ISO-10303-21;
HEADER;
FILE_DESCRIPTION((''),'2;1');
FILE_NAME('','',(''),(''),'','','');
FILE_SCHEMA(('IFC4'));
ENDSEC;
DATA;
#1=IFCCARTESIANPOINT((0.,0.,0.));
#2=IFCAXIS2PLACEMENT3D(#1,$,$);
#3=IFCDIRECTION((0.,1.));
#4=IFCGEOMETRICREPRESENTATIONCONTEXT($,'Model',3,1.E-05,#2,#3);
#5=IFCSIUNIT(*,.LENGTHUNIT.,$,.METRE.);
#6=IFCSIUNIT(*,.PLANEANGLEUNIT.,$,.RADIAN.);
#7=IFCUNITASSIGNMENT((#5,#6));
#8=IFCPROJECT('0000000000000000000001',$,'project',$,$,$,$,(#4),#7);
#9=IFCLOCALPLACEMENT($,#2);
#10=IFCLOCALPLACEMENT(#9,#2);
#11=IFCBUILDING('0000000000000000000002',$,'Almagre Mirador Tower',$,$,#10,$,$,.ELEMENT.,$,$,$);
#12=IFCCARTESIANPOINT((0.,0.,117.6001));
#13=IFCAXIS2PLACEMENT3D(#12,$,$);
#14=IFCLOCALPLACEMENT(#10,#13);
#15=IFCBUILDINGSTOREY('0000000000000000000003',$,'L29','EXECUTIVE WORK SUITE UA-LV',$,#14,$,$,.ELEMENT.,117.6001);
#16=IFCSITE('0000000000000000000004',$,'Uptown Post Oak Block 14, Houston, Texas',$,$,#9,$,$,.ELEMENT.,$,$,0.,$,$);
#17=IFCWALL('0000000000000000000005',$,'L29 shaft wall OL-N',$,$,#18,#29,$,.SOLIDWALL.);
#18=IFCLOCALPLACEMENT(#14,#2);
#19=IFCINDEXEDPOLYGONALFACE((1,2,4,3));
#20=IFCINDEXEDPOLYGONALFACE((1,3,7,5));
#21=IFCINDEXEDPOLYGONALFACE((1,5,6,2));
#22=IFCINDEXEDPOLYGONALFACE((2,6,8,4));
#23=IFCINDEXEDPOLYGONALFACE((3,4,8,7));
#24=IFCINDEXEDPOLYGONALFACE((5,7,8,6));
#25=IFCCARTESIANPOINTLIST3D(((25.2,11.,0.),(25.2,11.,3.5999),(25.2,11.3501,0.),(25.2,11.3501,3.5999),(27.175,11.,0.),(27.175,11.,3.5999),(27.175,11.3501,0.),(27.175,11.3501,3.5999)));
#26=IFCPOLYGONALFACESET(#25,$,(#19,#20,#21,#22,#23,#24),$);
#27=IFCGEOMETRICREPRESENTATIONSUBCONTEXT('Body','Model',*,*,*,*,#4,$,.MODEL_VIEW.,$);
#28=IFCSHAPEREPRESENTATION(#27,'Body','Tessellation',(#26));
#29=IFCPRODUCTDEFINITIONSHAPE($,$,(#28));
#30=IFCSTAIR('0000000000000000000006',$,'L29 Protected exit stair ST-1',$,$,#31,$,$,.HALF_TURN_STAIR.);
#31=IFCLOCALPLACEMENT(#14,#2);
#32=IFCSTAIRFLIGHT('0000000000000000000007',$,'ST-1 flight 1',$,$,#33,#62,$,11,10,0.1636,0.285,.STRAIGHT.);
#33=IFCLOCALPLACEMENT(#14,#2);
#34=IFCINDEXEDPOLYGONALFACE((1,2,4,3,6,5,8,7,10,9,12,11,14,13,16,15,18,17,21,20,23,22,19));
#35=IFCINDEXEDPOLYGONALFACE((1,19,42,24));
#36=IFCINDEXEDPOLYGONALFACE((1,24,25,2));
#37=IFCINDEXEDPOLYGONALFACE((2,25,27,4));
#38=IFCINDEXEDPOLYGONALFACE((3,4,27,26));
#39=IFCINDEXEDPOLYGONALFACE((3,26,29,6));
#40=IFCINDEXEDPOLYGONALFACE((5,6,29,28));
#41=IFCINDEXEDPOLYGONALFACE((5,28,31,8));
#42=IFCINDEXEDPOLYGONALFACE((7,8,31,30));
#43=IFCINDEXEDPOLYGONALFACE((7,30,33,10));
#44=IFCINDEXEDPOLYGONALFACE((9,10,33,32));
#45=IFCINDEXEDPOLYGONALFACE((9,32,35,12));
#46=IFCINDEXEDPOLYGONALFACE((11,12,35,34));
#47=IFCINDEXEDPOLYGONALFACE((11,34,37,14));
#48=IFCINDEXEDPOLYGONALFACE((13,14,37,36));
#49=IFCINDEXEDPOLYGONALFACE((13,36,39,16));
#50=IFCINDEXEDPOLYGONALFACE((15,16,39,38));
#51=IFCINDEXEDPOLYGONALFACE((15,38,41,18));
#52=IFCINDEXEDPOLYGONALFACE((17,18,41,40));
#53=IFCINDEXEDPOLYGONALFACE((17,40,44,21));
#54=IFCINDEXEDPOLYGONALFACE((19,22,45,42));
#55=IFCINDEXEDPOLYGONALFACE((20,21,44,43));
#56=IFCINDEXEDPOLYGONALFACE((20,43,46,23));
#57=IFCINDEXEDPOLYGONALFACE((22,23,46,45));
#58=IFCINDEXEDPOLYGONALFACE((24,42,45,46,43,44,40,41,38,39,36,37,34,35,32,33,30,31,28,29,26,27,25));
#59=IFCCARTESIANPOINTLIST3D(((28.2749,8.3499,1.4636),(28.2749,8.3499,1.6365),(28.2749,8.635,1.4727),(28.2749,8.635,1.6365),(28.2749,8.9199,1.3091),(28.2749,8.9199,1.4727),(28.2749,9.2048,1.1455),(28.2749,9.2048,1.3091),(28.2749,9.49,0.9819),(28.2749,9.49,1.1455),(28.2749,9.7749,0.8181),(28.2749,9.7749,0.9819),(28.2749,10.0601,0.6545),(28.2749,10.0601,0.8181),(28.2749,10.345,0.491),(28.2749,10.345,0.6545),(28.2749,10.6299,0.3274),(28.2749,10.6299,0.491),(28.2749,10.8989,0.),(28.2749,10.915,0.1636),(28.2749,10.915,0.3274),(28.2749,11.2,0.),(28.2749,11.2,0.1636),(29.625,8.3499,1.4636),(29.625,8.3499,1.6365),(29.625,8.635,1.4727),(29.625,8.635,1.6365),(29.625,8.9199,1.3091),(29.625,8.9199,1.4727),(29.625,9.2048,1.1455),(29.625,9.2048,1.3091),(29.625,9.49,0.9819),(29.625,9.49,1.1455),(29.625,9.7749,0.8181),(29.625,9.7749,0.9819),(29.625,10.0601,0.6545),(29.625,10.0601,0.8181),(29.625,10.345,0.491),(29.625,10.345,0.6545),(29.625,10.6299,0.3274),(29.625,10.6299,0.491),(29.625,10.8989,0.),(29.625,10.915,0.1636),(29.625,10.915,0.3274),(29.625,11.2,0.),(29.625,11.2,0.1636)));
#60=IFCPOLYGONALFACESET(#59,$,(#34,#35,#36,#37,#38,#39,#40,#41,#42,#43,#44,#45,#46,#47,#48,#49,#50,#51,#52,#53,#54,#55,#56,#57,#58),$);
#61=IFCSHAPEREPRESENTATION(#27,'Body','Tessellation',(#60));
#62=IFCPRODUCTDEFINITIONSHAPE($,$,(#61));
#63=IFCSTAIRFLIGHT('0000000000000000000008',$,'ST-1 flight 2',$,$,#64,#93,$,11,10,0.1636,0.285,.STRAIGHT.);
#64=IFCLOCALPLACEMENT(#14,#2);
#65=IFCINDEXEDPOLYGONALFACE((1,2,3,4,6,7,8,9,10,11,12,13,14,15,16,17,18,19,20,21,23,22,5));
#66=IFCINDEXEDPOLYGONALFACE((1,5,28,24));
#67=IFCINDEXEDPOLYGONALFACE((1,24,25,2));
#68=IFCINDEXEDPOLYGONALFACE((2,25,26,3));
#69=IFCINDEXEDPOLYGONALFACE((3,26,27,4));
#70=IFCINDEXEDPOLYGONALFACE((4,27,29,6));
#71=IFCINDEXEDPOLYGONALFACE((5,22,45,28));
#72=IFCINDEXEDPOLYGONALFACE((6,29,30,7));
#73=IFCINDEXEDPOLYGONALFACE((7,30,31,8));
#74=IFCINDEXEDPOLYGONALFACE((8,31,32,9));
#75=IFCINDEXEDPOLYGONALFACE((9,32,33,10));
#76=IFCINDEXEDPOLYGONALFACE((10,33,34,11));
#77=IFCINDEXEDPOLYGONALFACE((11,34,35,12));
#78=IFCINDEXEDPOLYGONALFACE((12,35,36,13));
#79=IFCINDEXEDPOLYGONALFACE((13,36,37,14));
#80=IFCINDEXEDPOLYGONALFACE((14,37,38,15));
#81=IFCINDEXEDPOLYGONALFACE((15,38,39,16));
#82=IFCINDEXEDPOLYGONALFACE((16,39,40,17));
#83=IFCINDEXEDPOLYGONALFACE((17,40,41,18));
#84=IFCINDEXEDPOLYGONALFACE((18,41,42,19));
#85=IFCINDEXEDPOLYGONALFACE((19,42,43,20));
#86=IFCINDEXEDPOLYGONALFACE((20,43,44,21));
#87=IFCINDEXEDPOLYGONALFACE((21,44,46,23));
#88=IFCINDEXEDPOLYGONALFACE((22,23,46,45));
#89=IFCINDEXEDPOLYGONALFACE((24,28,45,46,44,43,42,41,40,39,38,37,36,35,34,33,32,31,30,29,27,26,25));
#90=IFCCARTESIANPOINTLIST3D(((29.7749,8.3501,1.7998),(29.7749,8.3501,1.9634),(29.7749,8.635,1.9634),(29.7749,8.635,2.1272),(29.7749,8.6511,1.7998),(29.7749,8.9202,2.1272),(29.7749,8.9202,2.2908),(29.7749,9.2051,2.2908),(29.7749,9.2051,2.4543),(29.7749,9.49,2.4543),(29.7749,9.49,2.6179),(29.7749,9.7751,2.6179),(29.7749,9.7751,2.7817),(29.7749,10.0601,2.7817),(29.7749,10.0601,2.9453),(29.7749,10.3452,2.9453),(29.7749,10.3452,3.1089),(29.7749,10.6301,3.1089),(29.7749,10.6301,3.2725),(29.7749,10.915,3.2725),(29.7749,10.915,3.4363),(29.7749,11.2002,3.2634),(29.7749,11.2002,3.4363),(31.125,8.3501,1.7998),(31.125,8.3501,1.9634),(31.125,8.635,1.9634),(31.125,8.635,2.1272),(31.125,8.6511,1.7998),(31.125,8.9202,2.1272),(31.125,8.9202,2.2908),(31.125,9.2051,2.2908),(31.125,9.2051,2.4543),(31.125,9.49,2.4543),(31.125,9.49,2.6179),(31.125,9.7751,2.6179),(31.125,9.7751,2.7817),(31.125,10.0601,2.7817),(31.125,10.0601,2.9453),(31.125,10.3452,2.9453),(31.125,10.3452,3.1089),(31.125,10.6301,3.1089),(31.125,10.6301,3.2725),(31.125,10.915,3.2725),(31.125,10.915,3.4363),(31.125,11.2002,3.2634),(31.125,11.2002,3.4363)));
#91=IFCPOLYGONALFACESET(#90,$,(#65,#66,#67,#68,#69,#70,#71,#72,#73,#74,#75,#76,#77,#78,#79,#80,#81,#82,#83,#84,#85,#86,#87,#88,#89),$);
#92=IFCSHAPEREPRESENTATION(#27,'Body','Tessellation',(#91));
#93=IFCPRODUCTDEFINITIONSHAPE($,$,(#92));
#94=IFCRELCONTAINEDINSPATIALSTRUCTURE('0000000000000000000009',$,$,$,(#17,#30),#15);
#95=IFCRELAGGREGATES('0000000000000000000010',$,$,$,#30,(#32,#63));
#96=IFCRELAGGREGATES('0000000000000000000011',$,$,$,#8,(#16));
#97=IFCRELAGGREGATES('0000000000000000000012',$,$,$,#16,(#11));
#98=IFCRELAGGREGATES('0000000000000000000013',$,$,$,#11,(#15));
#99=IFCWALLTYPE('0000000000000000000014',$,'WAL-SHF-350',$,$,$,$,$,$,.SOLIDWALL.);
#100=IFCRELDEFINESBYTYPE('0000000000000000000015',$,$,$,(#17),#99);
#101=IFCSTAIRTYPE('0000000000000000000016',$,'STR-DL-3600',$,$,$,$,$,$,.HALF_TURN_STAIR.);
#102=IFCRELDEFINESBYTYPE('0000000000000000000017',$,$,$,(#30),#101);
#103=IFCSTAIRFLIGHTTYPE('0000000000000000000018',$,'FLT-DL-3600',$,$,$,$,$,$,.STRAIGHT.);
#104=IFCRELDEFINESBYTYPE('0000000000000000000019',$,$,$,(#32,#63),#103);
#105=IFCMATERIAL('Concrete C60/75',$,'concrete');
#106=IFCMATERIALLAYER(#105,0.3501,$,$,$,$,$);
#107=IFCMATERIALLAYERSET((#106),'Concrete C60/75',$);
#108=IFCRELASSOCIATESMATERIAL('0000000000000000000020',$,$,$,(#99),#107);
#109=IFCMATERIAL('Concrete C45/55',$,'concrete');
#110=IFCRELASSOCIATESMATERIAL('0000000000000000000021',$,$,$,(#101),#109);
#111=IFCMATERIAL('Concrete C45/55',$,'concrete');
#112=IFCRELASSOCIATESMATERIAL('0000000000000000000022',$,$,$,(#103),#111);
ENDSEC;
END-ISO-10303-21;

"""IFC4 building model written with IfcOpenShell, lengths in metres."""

from ifc_helpers import new_model, si_unit, direction, frame, frame_2d, origin, place, context, subcontext, project, spatial, polyline, rectangle, outline, extrude, material, layer, layer_set, type_object, element, aggregate, save


model = new_model("IFC4")

# Units and contexts
model_context = context("Model", 3, precision=1e-05, world=origin(), true_north=direction((0.0, 1.0)))
body_context = subcontext(model_context, "Body", "Model", "MODEL_VIEW")
ifc_project = project(units=[si_unit("LENGTHUNIT", "METRE"), si_unit("PLANEANGLEUNIT", "RADIAN")], contexts=[model_context])

# Site, building, storey
site_placement = place(None, origin())
site = spatial("IfcSite", under=ifc_project, at=site_placement, Name="Uptown Post Oak Block 14, Houston, Texas", CompositionType="ELEMENT", RefElevation=0.0)
building_placement = place(site_placement, origin())
building = spatial("IfcBuilding", under=site, at=building_placement, Name="Almagre Mirador Tower", CompositionType="ELEMENT")
storey_placement = place(building_placement, frame((0.0, 0.0, 117.6001)))
storey = spatial("IfcBuildingStorey", under=building, at=storey_placement, Name="L29", Description="EXECUTIVE WORK SUITE UA-LV", CompositionType="ELEMENT", Elevation=117.6001)

# Shared definitions
ifc_material_1 = material(Name="Concrete C60/75", Category="concrete")
ifc_layer_1 = layer(ifc_material_1, 0.3501)
ifc_layer_set_1 = layer_set([ifc_layer_1], Name="Concrete C60/75")
wall_type_1 = type_object("IfcWallType", Name="WAL-SHF-350", PredefinedType="SOLIDWALL", material=ifc_layer_set_1)

# Wall
for number, where, z_axis, x_axis, name in (
    (1, (25.2, 11.175, 0.0), (0.0, 0.0, 1.0), (1.0, 0.0, 0.0), "L29 shaft wall OL-N"),
):
    element("IfcWall", number, at=place(storey_placement, frame(where, z_axis=z_axis, x_axis=x_axis)), inside=storey, type_object=wall_type_1, Name=name, PredefinedType="SOLIDWALL", context=body_context, shape_type="SweptSolid", body=[
        extrude(rectangle(XDim=1.9751, YDim=0.3501, at=frame_2d((0.9875, 0.0))), origin(), (0.0, 0.0, 1.0), 3.5999),
    ])

# Stair, stair flights
ifc_material_2 = material(Name="Concrete C45/55", Category="concrete")
stair_type = type_object("IfcStairType", Name="STR-DL-3600", PredefinedType="HALF_TURN_STAIR", material=ifc_material_2)
stair_placement = place(storey_placement, origin())
stair = element("IfcStair", 2, at=stair_placement, inside=storey, type_object=stair_type, Name="L29 Protected exit stair ST-1", PredefinedType="HALF_TURN_STAIR")
ifc_material_3 = material(Name="Concrete C45/55", Category="concrete")
stair_flight_type = type_object("IfcStairFlightType", Name="FLT-DL-3600", PredefinedType="STRAIGHT", material=ifc_material_3)
stair_flight_1_placement = place(storey_placement, frame((28.95, 11.2, 0.0), z_axis=(0.0, 0.0, 1.0), x_axis=(0.0, -1.0, 0.0)))
stair_flight_1 = element("IfcStairFlight", 3, at=stair_flight_1_placement, type_object=stair_flight_type, Name="ST-1 flight 1", NumberOfRisers=11, NumberOfTreads=10, PredefinedType="STRAIGHT", RiserHeight=0.1636, TreadLength=0.285, context=body_context, shape_type="SweptSolid", body=[
    extrude(outline(polyline([(0.0, 0.0), (0.0, 0.1636), (0.2849, 0.1636), (0.2849, 0.3274), (0.5701, 0.3274), (0.5701, 0.491), (0.855, 0.491), (0.855, 0.6545), (1.1399, 0.6545), (1.1399, 0.8181), (1.425, 0.8181), (1.425, 0.9819), (1.71, 0.9819), (1.71, 1.1455), (1.9951, 1.1455), (1.9951, 1.3091), (2.28, 1.3091), (2.28, 1.4727), (2.5649, 1.4727), (2.5649, 1.6365), (2.8501, 1.6365), (2.8501, 1.8), (2.8501, 1.4636), (0.301, 0.0), (0.0, 0.0)])), frame((0.0, 0.675, 0.0), z_axis=(0.0, -1.0, 0.0), x_axis=(1.0, 0.0, 0.0)), (0.0, 0.0, 1.0), 1.3501),
])
stair_flight_2_placement = place(storey_placement, frame((30.45, 8.3501, 1.7998), z_axis=(0.0, 0.0, 1.0), x_axis=(0.0, 1.0, 0.0)))
stair_flight_2 = element("IfcStairFlight", 4, at=stair_flight_2_placement, type_object=stair_flight_type, Name="ST-1 flight 2", NumberOfRisers=11, NumberOfTreads=10, PredefinedType="STRAIGHT", RiserHeight=0.1636, TreadLength=0.285, context=body_context, shape_type="SweptSolid", body=[
    extrude(outline(polyline([(0.0, 0.0), (0.0, 0.1636), (0.2849, 0.1636), (0.2849, 0.3274), (0.5701, 0.3274), (0.5701, 0.491), (0.855, 0.491), (0.855, 0.6545), (1.1399, 0.6545), (1.1399, 0.8181), (1.425, 0.8181), (1.425, 0.9819), (1.71, 0.9819), (1.71, 1.1455), (1.9951, 1.1455), (1.9951, 1.3091), (2.28, 1.3091), (2.28, 1.4727), (2.5649, 1.4727), (2.5649, 1.6365), (2.8501, 1.6365), (2.8501, 1.8), (2.8501, 1.4636), (0.301, 0.0), (0.0, 0.0)])), frame((0.0, 0.675, 0.0), z_axis=(0.0, -1.0, 0.0), x_axis=(1.0, 0.0, 0.0)), (0.0, 0.0, 1.0), 1.3501),
])
aggregate(stair, [stair_flight_1, stair_flight_2])

save(model, "model.ifc")
